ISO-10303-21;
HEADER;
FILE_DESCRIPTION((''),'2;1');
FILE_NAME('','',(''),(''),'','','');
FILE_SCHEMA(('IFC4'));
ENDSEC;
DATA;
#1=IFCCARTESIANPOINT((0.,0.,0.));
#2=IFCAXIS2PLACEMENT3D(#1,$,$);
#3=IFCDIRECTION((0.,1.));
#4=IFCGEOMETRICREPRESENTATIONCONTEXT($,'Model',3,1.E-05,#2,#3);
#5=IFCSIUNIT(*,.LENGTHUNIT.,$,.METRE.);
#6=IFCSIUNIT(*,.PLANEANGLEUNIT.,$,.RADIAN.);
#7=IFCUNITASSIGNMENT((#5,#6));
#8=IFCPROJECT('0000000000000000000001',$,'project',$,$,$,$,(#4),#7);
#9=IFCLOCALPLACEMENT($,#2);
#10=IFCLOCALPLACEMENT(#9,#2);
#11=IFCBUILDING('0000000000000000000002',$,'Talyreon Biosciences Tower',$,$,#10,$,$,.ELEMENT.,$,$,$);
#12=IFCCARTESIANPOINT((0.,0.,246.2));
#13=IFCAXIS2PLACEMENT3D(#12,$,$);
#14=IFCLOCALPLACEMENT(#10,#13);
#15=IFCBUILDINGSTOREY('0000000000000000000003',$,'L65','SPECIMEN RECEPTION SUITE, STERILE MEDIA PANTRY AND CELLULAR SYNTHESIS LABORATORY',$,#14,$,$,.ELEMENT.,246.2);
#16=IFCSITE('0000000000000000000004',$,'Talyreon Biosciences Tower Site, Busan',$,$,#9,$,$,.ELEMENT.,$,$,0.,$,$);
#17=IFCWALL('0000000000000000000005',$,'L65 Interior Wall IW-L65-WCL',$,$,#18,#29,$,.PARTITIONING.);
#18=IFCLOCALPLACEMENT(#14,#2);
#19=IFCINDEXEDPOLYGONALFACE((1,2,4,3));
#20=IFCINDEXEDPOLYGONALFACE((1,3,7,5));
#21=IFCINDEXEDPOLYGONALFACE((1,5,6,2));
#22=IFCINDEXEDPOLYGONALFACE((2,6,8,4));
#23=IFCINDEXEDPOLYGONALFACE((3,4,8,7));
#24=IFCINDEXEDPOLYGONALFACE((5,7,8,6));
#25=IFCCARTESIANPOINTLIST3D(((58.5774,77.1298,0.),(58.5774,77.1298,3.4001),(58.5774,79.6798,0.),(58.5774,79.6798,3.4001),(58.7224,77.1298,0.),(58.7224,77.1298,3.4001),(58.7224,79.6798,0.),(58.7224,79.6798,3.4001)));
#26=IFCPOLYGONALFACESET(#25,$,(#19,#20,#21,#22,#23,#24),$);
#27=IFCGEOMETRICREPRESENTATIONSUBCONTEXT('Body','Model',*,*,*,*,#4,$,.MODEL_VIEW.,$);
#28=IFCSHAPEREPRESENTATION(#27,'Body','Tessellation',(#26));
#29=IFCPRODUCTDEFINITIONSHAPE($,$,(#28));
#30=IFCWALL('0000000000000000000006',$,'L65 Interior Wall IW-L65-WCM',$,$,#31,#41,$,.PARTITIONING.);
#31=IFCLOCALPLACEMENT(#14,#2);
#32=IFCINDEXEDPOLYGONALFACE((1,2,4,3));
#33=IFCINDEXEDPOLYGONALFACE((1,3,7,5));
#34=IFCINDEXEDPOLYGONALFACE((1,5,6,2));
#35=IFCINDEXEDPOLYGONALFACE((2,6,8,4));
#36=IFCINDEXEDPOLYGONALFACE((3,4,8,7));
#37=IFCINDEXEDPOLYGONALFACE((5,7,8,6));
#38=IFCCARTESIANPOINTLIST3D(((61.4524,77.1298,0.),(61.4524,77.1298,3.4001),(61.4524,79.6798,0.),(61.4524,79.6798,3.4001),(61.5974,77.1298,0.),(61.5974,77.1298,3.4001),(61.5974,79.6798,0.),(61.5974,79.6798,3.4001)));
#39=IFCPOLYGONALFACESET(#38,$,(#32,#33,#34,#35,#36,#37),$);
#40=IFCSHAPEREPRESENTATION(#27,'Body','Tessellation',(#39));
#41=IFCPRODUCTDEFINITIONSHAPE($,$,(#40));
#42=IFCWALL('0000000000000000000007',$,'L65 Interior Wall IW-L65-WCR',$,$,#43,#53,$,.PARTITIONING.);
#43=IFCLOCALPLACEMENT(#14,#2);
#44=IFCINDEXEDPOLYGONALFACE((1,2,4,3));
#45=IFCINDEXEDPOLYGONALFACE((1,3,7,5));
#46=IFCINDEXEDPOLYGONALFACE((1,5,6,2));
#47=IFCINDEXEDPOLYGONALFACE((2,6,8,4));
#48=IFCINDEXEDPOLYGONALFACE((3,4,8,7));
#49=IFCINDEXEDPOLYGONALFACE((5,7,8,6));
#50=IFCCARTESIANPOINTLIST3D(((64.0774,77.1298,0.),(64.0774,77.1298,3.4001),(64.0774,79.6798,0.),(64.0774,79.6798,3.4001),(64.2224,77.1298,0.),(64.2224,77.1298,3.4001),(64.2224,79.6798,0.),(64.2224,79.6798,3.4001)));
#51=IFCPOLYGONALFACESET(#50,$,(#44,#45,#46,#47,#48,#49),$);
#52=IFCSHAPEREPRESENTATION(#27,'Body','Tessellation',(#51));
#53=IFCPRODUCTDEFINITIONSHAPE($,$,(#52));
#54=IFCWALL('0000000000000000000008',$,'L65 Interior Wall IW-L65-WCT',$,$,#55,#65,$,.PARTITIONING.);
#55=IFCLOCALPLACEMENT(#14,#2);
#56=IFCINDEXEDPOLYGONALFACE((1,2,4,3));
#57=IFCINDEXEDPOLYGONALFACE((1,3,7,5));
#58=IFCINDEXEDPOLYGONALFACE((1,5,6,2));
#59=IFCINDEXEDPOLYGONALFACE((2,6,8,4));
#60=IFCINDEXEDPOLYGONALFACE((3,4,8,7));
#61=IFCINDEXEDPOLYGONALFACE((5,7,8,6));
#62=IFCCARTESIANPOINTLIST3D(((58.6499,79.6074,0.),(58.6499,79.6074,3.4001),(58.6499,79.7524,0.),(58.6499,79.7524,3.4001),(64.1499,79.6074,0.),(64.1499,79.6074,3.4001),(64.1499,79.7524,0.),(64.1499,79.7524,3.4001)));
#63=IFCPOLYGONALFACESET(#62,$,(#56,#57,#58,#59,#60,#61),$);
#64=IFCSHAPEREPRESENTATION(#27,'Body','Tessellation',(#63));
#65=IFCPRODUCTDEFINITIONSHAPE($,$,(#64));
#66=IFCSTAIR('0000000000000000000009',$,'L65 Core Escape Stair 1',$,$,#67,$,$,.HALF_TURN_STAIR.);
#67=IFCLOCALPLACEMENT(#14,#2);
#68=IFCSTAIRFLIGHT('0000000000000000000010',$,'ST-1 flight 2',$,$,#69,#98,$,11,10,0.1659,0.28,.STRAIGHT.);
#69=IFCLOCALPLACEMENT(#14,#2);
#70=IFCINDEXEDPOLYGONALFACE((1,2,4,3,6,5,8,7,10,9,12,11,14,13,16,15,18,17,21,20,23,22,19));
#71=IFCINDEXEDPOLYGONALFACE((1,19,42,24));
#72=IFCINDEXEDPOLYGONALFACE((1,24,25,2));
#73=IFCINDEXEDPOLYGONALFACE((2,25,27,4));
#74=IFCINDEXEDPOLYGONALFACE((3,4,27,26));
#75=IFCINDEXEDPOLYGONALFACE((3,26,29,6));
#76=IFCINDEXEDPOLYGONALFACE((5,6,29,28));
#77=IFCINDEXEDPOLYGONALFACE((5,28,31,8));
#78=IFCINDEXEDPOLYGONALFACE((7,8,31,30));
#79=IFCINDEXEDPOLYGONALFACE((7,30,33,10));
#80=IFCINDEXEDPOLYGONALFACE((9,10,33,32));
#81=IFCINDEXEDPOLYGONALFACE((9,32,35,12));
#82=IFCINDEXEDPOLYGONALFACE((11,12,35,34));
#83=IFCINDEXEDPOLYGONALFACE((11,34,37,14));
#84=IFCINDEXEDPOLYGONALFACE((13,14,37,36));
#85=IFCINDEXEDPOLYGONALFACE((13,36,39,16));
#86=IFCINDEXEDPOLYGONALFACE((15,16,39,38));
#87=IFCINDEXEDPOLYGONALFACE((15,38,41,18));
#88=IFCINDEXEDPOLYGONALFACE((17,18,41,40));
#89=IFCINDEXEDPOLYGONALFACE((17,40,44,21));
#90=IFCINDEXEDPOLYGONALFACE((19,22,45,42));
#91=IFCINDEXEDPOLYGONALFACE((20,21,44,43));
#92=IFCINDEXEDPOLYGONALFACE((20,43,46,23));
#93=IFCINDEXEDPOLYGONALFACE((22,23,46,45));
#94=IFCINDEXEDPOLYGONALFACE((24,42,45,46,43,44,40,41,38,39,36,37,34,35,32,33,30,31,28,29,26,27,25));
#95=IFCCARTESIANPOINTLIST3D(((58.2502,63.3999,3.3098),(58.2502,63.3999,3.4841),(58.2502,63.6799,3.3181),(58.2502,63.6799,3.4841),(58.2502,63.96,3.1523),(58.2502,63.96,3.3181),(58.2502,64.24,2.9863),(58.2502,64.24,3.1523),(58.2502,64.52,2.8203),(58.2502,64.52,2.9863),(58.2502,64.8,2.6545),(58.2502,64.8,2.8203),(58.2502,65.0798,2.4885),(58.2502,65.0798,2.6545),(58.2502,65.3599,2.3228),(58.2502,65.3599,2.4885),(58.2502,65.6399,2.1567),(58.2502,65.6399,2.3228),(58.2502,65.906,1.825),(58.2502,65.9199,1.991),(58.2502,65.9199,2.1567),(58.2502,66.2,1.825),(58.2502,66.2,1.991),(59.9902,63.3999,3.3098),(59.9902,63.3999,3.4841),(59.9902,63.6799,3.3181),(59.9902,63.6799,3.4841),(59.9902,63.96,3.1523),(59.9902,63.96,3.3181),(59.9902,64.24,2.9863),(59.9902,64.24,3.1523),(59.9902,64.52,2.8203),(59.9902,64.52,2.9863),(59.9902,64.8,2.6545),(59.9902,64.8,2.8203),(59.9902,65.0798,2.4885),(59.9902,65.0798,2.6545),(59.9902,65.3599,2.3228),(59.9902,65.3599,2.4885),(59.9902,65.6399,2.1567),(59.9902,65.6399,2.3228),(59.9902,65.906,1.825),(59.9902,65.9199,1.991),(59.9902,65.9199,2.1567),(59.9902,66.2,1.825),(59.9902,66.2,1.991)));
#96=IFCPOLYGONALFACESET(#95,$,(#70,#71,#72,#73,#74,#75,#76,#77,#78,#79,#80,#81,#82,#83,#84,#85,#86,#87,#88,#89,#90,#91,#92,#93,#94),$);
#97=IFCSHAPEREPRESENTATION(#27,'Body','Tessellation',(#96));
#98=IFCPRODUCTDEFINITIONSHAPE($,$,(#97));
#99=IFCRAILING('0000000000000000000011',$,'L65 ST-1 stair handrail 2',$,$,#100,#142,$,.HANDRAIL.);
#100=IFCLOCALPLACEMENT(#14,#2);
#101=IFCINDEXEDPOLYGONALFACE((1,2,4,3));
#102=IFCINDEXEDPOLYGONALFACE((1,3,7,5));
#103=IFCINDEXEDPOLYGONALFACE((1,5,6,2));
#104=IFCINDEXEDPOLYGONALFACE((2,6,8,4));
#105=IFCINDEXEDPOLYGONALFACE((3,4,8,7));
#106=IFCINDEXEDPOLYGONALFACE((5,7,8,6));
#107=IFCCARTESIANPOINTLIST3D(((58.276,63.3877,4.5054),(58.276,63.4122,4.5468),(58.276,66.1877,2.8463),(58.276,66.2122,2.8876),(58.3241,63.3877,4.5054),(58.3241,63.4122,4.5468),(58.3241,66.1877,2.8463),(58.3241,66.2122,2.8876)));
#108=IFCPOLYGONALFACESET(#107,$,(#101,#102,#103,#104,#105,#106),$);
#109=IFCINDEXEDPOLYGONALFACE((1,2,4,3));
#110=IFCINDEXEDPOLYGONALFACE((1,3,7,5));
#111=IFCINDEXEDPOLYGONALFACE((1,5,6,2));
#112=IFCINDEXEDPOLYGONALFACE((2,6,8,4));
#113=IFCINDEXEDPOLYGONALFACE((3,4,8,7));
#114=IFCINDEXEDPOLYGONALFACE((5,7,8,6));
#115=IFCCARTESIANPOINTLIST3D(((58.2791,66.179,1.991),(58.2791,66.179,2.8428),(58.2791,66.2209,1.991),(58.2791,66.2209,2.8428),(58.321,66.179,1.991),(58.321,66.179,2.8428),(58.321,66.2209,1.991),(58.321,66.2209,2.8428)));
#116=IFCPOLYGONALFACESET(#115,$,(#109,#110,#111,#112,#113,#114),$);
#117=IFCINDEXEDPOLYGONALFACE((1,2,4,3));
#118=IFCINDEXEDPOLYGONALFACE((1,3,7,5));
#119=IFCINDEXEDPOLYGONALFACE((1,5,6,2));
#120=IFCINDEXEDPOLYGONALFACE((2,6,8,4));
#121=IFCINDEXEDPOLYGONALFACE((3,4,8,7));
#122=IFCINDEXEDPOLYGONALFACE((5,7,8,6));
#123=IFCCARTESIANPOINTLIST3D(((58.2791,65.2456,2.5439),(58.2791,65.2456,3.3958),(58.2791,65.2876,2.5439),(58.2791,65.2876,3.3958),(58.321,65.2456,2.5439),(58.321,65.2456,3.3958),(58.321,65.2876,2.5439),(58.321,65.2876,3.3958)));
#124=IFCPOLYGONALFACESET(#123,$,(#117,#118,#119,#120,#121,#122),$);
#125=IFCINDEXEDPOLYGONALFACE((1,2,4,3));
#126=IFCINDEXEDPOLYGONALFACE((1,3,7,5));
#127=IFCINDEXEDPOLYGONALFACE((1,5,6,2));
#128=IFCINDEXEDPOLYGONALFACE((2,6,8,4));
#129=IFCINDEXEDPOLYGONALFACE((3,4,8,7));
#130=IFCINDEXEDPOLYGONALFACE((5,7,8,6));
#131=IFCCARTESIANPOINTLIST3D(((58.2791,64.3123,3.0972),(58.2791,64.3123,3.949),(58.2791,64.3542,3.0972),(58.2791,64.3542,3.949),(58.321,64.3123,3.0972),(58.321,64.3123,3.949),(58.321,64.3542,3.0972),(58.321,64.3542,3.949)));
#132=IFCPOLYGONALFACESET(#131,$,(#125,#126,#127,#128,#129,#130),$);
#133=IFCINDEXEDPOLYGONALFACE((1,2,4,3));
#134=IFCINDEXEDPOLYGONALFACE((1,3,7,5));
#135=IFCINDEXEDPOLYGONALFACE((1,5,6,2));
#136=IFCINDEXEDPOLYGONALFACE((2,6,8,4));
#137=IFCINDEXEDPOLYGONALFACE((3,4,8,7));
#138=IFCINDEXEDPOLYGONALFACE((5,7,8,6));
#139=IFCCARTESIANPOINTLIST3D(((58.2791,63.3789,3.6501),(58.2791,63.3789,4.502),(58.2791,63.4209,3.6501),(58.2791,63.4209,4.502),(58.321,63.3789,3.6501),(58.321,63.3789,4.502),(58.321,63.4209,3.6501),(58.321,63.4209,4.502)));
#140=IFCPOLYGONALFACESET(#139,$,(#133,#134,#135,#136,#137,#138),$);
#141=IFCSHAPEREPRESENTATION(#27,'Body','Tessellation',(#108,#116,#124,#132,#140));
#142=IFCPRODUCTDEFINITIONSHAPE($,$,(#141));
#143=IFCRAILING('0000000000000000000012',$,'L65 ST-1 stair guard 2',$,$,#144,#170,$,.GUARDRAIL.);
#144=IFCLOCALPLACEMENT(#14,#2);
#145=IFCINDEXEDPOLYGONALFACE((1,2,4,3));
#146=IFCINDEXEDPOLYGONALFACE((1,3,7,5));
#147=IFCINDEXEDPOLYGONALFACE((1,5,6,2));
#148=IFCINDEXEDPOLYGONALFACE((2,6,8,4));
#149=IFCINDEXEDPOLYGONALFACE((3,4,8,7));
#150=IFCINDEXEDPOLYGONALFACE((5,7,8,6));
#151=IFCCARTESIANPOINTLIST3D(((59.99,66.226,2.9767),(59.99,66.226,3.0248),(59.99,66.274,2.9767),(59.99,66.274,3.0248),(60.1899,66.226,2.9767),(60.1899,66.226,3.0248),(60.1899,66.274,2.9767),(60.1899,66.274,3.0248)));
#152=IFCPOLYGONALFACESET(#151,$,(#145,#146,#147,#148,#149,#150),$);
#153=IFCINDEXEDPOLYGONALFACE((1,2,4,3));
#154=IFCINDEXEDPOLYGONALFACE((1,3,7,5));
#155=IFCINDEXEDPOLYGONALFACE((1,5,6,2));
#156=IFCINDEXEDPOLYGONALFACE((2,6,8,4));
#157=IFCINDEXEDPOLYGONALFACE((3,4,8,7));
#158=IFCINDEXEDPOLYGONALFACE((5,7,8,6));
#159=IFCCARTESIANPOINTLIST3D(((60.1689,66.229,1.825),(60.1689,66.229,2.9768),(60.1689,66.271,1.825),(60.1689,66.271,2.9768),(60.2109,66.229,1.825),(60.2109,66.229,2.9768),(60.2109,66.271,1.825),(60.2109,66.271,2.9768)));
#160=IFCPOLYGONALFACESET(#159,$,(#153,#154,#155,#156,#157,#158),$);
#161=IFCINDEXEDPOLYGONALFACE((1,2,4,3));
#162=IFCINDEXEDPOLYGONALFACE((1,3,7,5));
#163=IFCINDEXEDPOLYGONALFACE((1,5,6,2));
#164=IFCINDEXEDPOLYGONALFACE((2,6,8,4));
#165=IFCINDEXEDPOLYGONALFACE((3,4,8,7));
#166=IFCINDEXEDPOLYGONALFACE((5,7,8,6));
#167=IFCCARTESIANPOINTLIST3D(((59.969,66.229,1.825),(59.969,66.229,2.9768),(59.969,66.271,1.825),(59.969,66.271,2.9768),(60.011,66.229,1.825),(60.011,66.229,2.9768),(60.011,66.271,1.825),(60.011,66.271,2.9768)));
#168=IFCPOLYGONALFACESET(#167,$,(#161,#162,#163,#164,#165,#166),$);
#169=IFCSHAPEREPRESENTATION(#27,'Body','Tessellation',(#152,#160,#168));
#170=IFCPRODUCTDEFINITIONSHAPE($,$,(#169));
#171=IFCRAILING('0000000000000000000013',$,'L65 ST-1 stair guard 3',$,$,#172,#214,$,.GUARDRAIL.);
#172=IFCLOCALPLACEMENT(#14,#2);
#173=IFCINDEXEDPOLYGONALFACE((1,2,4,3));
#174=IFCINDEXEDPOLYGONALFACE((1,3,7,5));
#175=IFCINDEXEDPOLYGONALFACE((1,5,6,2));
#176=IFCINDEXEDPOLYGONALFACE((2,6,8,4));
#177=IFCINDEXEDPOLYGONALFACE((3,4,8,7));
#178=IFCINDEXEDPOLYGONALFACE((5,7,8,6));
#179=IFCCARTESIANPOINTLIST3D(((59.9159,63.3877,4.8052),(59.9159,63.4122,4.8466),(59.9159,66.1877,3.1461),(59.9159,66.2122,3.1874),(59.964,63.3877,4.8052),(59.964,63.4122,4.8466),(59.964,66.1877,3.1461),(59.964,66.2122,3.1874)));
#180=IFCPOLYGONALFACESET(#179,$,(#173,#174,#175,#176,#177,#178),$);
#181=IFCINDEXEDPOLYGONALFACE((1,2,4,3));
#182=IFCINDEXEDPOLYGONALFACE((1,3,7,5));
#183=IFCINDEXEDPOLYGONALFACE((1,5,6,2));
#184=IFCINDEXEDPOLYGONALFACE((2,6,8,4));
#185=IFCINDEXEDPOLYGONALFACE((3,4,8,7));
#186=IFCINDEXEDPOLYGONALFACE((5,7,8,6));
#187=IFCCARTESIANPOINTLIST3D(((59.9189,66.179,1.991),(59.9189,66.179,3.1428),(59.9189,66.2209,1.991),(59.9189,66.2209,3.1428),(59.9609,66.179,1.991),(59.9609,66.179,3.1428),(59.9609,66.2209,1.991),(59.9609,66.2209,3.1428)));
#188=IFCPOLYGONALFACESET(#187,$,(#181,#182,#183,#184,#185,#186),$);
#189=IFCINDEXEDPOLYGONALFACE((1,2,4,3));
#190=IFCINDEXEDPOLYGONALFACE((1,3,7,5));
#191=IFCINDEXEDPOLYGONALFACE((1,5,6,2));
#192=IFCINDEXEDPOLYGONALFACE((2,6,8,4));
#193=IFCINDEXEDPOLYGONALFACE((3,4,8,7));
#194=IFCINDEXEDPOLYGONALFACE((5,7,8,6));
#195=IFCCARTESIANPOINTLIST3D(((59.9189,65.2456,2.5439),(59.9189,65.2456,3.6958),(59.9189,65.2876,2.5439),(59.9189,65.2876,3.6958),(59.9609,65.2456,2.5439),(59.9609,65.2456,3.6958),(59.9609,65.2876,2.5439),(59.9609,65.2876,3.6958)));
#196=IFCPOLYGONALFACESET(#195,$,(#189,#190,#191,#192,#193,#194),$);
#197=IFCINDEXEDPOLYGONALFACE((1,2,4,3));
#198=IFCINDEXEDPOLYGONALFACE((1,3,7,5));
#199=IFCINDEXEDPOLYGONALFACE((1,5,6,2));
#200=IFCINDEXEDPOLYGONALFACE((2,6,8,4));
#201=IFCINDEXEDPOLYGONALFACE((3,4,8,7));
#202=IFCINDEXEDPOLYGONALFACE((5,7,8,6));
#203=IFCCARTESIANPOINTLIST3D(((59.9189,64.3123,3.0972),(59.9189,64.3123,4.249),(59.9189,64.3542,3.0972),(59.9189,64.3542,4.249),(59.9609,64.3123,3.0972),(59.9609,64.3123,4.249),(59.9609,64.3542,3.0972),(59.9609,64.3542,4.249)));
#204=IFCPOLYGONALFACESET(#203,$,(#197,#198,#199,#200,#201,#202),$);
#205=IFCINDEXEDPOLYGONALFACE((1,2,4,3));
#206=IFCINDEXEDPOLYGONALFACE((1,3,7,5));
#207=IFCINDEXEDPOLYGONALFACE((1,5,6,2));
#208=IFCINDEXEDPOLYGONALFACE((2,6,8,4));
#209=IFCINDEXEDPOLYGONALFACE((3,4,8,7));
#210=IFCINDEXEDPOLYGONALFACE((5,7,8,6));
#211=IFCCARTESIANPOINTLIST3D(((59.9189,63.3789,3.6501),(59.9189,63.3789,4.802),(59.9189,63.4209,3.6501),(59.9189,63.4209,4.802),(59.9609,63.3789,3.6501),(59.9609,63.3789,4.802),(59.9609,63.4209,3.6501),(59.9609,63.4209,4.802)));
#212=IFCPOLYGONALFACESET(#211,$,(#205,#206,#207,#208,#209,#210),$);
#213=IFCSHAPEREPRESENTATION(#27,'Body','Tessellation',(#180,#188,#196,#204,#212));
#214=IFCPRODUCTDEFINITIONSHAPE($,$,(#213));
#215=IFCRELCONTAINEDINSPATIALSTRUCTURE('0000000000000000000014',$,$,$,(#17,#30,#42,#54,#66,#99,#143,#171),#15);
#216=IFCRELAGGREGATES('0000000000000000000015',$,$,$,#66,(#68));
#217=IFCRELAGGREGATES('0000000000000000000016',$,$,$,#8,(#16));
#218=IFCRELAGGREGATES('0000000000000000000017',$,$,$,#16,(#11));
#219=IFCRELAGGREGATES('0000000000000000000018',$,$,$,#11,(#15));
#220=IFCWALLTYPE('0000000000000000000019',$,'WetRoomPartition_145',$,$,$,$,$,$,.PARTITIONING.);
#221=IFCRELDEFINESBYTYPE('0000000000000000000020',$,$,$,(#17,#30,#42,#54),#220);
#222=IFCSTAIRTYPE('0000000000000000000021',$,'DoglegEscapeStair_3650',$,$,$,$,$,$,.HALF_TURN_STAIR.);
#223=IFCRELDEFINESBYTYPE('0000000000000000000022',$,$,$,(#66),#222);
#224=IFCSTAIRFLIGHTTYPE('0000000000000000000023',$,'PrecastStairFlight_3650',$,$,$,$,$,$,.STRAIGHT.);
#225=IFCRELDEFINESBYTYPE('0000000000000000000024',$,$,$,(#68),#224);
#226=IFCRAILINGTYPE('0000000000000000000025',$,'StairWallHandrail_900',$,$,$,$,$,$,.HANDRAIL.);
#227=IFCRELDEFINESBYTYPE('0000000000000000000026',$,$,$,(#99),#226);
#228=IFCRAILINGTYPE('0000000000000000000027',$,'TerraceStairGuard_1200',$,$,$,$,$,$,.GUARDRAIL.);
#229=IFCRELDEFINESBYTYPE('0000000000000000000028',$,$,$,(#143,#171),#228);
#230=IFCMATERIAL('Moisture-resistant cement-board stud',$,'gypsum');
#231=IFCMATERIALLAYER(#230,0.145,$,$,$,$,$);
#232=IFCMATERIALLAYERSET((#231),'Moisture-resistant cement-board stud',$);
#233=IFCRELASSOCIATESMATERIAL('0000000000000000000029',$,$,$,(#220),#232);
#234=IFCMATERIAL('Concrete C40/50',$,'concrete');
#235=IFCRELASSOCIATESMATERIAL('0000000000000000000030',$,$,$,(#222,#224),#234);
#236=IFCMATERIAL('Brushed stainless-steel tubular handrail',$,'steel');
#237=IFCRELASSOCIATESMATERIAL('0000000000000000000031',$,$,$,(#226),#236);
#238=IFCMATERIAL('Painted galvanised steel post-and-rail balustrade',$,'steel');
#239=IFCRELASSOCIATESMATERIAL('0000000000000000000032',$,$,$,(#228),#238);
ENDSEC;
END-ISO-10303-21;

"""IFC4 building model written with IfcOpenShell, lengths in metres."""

from ifc_helpers import new_model, si_unit, direction, frame, frame_2d, origin, origin_2d, place, context, subcontext, project, spatial, polyline, rectangle, outline, extrude, material, layer, layer_set, type_object, element, aggregate, save


model = new_model("IFC4")

# Units and contexts
model_context = context("Model", 3, precision=1e-05, world=origin(), true_north=direction((0.0, 1.0)))
body_context = subcontext(model_context, "Body", "Model", "MODEL_VIEW")
ifc_project = project(units=[si_unit("LENGTHUNIT", "METRE"), si_unit("PLANEANGLEUNIT", "RADIAN")], contexts=[model_context])

# Site, building, storey
site_placement = place(None, origin())
site = spatial("IfcSite", under=ifc_project, at=site_placement, Name="Talyreon Biosciences Tower Site, Busan", CompositionType="ELEMENT", RefElevation=0.0)
building_placement = place(site_placement, origin())
building = spatial("IfcBuilding", under=site, at=building_placement, Name="Talyreon Biosciences Tower", CompositionType="ELEMENT")
storey_placement = place(building_placement, frame((0.0, 0.0, 246.2)))
storey = spatial("IfcBuildingStorey", under=building, at=storey_placement, Name="L65", Description="SPECIMEN RECEPTION SUITE, STERILE MEDIA PANTRY AND CELLULAR SYNTHESIS LABORATORY", CompositionType="ELEMENT", Elevation=246.2)

# Walls
ifc_material_1 = material(Name="Moisture-resistant cement-board stud", Category="gypsum")
ifc_layer_1 = layer(ifc_material_1, 0.145)
ifc_layer_set_1 = layer_set([ifc_layer_1], Name="Moisture-resistant cement-board stud")
wall_type_1 = type_object("IfcWallType", Name="WetRoomPartition_145", PredefinedType="PARTITIONING", material=ifc_layer_set_1)
for number, where, z_axis, x_axis, name in (
    (1, (58.6499, 77.1299, 0.0), (0.0, 0.0, 1.0), (0.0, 1.0, 0.0), "L65 Interior Wall IW-L65-WCL"),
    (2, (61.5249, 77.1299, 0.0), (0.0, 0.0, 1.0), (0.0, 1.0, 0.0), "L65 Interior Wall IW-L65-WCM"),
    (3, (64.1499, 77.1299, 0.0), (0.0, 0.0, 1.0), (0.0, 1.0, 0.0), "L65 Interior Wall IW-L65-WCR"),
):
    element("IfcWall", number, at=place(storey_placement, frame(where, z_axis=z_axis, x_axis=x_axis)), inside=storey, type_object=wall_type_1, Name=name, PredefinedType="PARTITIONING", context=body_context, shape_type="SweptSolid", body=[
        extrude(rectangle(XDim=2.55, YDim=0.145, at=frame_2d((1.2749, 0.0))), origin(), (0.0, 0.0, 1.0), 3.4001),
    ])
wall_1_placement = place(storey_placement, frame((58.6499, 79.6799, 0.0), z_axis=(0.0, 0.0, 1.0), x_axis=(1.0, 0.0, 0.0)))
element("IfcWall", 4, at=wall_1_placement, inside=storey, type_object=wall_type_1, Name="L65 Interior Wall IW-L65-WCT", PredefinedType="PARTITIONING", context=body_context, shape_type="SweptSolid", body=[
    extrude(rectangle(XDim=5.5, YDim=0.145, at=frame_2d((2.75, 0.0))), origin(), (0.0, 0.0, 1.0), 3.4001),
])

# Stair, stair flight
ifc_material_2 = material(Name="Concrete C40/50", Category="concrete")
stair_type = type_object("IfcStairType", Name="DoglegEscapeStair_3650", PredefinedType="HALF_TURN_STAIR", material=ifc_material_2)
stair_placement = place(storey_placement, origin())
stair = element("IfcStair", 5, at=stair_placement, inside=storey, type_object=stair_type, Name="L65 Core Escape Stair 1", PredefinedType="HALF_TURN_STAIR")
stair_flight_type = type_object("IfcStairFlightType", Name="PrecastStairFlight_3650", PredefinedType="STRAIGHT", material=ifc_material_2)
stair_flight_placement = place(storey_placement, frame((59.1201, 66.2, 1.825), z_axis=(0.0, 0.0, 1.0), x_axis=(0.0, -1.0, 0.0)))
stair_flight = element("IfcStairFlight", 6, at=stair_flight_placement, type_object=stair_flight_type, Name="ST-1 flight 2", NumberOfRisers=11, NumberOfTreads=10, PredefinedType="STRAIGHT", RiserHeight=0.1659, TreadLength=0.28, context=body_context, shape_type="SweptSolid", body=[
    extrude(outline(polyline([(0.0, 0.0), (0.0, 0.166), (0.28, 0.166), (0.28, 0.3318), (0.5601, 0.3318), (0.5601, 0.4978), (0.8401, 0.4978), (0.8401, 0.6636), (1.1201, 0.6636), (1.1201, 0.8296), (1.3999, 0.8296), (1.3999, 0.9954), (1.6799, 0.9954), (1.6799, 1.1614), (1.96, 1.1614), (1.96, 1.3274), (2.24, 1.3274), (2.24, 1.4932), (2.52, 1.4932), (2.52, 1.6592), (2.8, 1.6592), (2.8, 1.825), (2.8, 1.4849), (0.2939, 0.0), (0.0, 0.0)])), frame((0.0, 0.8701, 0.0), z_axis=(0.0, -1.0, 0.0), x_axis=(1.0, 0.0, 0.0)), (0.0, 0.0, 1.0), 1.74),
])
aggregate(stair, [stair_flight])

# Railings
ifc_material_3 = material(Name="Brushed stainless-steel tubular handrail", Category="steel")
railing_type_1 = type_object("IfcRailingType", Name="StairWallHandrail_900", PredefinedType="HANDRAIL", material=ifc_material_3)
railing_1_placement = place(storey_placement, frame((58.3, 66.2, 1.991)))
element("IfcRailing", 7, at=railing_1_placement, inside=storey, type_object=railing_type_1, Name="L65 ST-1 stair handrail 2", PredefinedType="HANDRAIL", context=body_context, shape_type="SweptSolid", body=[
    extrude(rectangle(XDim=0.0481, YDim=0.0481, at=origin_2d()), frame((0.0, 0.0, 0.876), z_axis=(0.0, -0.860306, 0.509778), x_axis=(1.0, 0.0, 0.0)), (0.0, 0.0, 1.0), 3.2546),
    extrude(rectangle(XDim=0.042, YDim=0.042, at=origin_2d()), origin(), (0.0, 0.0, 1.0), 0.8518),
    extrude(rectangle(XDim=0.042, YDim=0.042, at=origin_2d()), frame((0.0, -0.9333, 0.553)), (0.0, 0.0, 1.0), 0.8518),
    extrude(rectangle(XDim=0.042, YDim=0.042, at=origin_2d()), frame((0.0, -1.8667, 1.1062)), (0.0, 0.0, 1.0), 0.8518),
    extrude(rectangle(XDim=0.042, YDim=0.042, at=origin_2d()), frame((0.0, -2.8, 1.6592)), (0.0, 0.0, 1.0), 0.8518),
])
ifc_material_4 = material(Name="Painted galvanised steel post-and-rail balustrade", Category="steel")
railing_type_2 = type_object("IfcRailingType", Name="TerraceStairGuard_1200", PredefinedType="GUARDRAIL", material=ifc_material_4)
railing_2_placement = place(storey_placement, frame((60.1899, 66.25, 1.825)))
element("IfcRailing", 8, at=railing_2_placement, inside=storey, type_object=railing_type_2, Name="L65 ST-1 stair guard 2", PredefinedType="GUARDRAIL", context=body_context, shape_type="SweptSolid", body=[
    extrude(rectangle(XDim=0.0481, YDim=0.0481, at=origin_2d()), frame((0.0, 0.0, 1.1758), z_axis=(-1.0, 0.0, 0.0), x_axis=(0.0, -1.0, 0.0)), (0.0, 0.0, 1.0), 0.2),
    extrude(rectangle(XDim=0.042, YDim=0.042, at=origin_2d()), origin(), (0.0, 0.0, 1.0), 1.1519),
    extrude(rectangle(XDim=0.042, YDim=0.042, at=origin_2d()), frame((-0.2, 0.0, 0.0)), (0.0, 0.0, 1.0), 1.1519),
])
railing_3_placement = place(storey_placement, frame((59.9399, 66.2, 1.991)))
element("IfcRailing", 9, at=railing_3_placement, inside=storey, type_object=railing_type_2, Name="L65 ST-1 stair guard 3", PredefinedType="GUARDRAIL", context=body_context, shape_type="SweptSolid", body=[
    extrude(rectangle(XDim=0.0481, YDim=0.0481, at=origin_2d()), frame((0.0, 0.0, 1.1758), z_axis=(0.0, -0.860306, 0.509778), x_axis=(1.0, 0.0, 0.0)), (0.0, 0.0, 1.0), 3.2546),
    extrude(rectangle(XDim=0.042, YDim=0.042, at=origin_2d()), origin(), (0.0, 0.0, 1.0), 1.1519),
    extrude(rectangle(XDim=0.042, YDim=0.042, at=origin_2d()), frame((0.0, -0.9333, 0.553)), (0.0, 0.0, 1.0), 1.1519),
    extrude(rectangle(XDim=0.042, YDim=0.042, at=origin_2d()), frame((0.0, -1.8667, 1.1062)), (0.0, 0.0, 1.0), 1.1519),
    extrude(rectangle(XDim=0.042, YDim=0.042, at=origin_2d()), frame((0.0, -2.8, 1.6592)), (0.0, 0.0, 1.0), 1.1519),
])

save(model, "model.ifc")
